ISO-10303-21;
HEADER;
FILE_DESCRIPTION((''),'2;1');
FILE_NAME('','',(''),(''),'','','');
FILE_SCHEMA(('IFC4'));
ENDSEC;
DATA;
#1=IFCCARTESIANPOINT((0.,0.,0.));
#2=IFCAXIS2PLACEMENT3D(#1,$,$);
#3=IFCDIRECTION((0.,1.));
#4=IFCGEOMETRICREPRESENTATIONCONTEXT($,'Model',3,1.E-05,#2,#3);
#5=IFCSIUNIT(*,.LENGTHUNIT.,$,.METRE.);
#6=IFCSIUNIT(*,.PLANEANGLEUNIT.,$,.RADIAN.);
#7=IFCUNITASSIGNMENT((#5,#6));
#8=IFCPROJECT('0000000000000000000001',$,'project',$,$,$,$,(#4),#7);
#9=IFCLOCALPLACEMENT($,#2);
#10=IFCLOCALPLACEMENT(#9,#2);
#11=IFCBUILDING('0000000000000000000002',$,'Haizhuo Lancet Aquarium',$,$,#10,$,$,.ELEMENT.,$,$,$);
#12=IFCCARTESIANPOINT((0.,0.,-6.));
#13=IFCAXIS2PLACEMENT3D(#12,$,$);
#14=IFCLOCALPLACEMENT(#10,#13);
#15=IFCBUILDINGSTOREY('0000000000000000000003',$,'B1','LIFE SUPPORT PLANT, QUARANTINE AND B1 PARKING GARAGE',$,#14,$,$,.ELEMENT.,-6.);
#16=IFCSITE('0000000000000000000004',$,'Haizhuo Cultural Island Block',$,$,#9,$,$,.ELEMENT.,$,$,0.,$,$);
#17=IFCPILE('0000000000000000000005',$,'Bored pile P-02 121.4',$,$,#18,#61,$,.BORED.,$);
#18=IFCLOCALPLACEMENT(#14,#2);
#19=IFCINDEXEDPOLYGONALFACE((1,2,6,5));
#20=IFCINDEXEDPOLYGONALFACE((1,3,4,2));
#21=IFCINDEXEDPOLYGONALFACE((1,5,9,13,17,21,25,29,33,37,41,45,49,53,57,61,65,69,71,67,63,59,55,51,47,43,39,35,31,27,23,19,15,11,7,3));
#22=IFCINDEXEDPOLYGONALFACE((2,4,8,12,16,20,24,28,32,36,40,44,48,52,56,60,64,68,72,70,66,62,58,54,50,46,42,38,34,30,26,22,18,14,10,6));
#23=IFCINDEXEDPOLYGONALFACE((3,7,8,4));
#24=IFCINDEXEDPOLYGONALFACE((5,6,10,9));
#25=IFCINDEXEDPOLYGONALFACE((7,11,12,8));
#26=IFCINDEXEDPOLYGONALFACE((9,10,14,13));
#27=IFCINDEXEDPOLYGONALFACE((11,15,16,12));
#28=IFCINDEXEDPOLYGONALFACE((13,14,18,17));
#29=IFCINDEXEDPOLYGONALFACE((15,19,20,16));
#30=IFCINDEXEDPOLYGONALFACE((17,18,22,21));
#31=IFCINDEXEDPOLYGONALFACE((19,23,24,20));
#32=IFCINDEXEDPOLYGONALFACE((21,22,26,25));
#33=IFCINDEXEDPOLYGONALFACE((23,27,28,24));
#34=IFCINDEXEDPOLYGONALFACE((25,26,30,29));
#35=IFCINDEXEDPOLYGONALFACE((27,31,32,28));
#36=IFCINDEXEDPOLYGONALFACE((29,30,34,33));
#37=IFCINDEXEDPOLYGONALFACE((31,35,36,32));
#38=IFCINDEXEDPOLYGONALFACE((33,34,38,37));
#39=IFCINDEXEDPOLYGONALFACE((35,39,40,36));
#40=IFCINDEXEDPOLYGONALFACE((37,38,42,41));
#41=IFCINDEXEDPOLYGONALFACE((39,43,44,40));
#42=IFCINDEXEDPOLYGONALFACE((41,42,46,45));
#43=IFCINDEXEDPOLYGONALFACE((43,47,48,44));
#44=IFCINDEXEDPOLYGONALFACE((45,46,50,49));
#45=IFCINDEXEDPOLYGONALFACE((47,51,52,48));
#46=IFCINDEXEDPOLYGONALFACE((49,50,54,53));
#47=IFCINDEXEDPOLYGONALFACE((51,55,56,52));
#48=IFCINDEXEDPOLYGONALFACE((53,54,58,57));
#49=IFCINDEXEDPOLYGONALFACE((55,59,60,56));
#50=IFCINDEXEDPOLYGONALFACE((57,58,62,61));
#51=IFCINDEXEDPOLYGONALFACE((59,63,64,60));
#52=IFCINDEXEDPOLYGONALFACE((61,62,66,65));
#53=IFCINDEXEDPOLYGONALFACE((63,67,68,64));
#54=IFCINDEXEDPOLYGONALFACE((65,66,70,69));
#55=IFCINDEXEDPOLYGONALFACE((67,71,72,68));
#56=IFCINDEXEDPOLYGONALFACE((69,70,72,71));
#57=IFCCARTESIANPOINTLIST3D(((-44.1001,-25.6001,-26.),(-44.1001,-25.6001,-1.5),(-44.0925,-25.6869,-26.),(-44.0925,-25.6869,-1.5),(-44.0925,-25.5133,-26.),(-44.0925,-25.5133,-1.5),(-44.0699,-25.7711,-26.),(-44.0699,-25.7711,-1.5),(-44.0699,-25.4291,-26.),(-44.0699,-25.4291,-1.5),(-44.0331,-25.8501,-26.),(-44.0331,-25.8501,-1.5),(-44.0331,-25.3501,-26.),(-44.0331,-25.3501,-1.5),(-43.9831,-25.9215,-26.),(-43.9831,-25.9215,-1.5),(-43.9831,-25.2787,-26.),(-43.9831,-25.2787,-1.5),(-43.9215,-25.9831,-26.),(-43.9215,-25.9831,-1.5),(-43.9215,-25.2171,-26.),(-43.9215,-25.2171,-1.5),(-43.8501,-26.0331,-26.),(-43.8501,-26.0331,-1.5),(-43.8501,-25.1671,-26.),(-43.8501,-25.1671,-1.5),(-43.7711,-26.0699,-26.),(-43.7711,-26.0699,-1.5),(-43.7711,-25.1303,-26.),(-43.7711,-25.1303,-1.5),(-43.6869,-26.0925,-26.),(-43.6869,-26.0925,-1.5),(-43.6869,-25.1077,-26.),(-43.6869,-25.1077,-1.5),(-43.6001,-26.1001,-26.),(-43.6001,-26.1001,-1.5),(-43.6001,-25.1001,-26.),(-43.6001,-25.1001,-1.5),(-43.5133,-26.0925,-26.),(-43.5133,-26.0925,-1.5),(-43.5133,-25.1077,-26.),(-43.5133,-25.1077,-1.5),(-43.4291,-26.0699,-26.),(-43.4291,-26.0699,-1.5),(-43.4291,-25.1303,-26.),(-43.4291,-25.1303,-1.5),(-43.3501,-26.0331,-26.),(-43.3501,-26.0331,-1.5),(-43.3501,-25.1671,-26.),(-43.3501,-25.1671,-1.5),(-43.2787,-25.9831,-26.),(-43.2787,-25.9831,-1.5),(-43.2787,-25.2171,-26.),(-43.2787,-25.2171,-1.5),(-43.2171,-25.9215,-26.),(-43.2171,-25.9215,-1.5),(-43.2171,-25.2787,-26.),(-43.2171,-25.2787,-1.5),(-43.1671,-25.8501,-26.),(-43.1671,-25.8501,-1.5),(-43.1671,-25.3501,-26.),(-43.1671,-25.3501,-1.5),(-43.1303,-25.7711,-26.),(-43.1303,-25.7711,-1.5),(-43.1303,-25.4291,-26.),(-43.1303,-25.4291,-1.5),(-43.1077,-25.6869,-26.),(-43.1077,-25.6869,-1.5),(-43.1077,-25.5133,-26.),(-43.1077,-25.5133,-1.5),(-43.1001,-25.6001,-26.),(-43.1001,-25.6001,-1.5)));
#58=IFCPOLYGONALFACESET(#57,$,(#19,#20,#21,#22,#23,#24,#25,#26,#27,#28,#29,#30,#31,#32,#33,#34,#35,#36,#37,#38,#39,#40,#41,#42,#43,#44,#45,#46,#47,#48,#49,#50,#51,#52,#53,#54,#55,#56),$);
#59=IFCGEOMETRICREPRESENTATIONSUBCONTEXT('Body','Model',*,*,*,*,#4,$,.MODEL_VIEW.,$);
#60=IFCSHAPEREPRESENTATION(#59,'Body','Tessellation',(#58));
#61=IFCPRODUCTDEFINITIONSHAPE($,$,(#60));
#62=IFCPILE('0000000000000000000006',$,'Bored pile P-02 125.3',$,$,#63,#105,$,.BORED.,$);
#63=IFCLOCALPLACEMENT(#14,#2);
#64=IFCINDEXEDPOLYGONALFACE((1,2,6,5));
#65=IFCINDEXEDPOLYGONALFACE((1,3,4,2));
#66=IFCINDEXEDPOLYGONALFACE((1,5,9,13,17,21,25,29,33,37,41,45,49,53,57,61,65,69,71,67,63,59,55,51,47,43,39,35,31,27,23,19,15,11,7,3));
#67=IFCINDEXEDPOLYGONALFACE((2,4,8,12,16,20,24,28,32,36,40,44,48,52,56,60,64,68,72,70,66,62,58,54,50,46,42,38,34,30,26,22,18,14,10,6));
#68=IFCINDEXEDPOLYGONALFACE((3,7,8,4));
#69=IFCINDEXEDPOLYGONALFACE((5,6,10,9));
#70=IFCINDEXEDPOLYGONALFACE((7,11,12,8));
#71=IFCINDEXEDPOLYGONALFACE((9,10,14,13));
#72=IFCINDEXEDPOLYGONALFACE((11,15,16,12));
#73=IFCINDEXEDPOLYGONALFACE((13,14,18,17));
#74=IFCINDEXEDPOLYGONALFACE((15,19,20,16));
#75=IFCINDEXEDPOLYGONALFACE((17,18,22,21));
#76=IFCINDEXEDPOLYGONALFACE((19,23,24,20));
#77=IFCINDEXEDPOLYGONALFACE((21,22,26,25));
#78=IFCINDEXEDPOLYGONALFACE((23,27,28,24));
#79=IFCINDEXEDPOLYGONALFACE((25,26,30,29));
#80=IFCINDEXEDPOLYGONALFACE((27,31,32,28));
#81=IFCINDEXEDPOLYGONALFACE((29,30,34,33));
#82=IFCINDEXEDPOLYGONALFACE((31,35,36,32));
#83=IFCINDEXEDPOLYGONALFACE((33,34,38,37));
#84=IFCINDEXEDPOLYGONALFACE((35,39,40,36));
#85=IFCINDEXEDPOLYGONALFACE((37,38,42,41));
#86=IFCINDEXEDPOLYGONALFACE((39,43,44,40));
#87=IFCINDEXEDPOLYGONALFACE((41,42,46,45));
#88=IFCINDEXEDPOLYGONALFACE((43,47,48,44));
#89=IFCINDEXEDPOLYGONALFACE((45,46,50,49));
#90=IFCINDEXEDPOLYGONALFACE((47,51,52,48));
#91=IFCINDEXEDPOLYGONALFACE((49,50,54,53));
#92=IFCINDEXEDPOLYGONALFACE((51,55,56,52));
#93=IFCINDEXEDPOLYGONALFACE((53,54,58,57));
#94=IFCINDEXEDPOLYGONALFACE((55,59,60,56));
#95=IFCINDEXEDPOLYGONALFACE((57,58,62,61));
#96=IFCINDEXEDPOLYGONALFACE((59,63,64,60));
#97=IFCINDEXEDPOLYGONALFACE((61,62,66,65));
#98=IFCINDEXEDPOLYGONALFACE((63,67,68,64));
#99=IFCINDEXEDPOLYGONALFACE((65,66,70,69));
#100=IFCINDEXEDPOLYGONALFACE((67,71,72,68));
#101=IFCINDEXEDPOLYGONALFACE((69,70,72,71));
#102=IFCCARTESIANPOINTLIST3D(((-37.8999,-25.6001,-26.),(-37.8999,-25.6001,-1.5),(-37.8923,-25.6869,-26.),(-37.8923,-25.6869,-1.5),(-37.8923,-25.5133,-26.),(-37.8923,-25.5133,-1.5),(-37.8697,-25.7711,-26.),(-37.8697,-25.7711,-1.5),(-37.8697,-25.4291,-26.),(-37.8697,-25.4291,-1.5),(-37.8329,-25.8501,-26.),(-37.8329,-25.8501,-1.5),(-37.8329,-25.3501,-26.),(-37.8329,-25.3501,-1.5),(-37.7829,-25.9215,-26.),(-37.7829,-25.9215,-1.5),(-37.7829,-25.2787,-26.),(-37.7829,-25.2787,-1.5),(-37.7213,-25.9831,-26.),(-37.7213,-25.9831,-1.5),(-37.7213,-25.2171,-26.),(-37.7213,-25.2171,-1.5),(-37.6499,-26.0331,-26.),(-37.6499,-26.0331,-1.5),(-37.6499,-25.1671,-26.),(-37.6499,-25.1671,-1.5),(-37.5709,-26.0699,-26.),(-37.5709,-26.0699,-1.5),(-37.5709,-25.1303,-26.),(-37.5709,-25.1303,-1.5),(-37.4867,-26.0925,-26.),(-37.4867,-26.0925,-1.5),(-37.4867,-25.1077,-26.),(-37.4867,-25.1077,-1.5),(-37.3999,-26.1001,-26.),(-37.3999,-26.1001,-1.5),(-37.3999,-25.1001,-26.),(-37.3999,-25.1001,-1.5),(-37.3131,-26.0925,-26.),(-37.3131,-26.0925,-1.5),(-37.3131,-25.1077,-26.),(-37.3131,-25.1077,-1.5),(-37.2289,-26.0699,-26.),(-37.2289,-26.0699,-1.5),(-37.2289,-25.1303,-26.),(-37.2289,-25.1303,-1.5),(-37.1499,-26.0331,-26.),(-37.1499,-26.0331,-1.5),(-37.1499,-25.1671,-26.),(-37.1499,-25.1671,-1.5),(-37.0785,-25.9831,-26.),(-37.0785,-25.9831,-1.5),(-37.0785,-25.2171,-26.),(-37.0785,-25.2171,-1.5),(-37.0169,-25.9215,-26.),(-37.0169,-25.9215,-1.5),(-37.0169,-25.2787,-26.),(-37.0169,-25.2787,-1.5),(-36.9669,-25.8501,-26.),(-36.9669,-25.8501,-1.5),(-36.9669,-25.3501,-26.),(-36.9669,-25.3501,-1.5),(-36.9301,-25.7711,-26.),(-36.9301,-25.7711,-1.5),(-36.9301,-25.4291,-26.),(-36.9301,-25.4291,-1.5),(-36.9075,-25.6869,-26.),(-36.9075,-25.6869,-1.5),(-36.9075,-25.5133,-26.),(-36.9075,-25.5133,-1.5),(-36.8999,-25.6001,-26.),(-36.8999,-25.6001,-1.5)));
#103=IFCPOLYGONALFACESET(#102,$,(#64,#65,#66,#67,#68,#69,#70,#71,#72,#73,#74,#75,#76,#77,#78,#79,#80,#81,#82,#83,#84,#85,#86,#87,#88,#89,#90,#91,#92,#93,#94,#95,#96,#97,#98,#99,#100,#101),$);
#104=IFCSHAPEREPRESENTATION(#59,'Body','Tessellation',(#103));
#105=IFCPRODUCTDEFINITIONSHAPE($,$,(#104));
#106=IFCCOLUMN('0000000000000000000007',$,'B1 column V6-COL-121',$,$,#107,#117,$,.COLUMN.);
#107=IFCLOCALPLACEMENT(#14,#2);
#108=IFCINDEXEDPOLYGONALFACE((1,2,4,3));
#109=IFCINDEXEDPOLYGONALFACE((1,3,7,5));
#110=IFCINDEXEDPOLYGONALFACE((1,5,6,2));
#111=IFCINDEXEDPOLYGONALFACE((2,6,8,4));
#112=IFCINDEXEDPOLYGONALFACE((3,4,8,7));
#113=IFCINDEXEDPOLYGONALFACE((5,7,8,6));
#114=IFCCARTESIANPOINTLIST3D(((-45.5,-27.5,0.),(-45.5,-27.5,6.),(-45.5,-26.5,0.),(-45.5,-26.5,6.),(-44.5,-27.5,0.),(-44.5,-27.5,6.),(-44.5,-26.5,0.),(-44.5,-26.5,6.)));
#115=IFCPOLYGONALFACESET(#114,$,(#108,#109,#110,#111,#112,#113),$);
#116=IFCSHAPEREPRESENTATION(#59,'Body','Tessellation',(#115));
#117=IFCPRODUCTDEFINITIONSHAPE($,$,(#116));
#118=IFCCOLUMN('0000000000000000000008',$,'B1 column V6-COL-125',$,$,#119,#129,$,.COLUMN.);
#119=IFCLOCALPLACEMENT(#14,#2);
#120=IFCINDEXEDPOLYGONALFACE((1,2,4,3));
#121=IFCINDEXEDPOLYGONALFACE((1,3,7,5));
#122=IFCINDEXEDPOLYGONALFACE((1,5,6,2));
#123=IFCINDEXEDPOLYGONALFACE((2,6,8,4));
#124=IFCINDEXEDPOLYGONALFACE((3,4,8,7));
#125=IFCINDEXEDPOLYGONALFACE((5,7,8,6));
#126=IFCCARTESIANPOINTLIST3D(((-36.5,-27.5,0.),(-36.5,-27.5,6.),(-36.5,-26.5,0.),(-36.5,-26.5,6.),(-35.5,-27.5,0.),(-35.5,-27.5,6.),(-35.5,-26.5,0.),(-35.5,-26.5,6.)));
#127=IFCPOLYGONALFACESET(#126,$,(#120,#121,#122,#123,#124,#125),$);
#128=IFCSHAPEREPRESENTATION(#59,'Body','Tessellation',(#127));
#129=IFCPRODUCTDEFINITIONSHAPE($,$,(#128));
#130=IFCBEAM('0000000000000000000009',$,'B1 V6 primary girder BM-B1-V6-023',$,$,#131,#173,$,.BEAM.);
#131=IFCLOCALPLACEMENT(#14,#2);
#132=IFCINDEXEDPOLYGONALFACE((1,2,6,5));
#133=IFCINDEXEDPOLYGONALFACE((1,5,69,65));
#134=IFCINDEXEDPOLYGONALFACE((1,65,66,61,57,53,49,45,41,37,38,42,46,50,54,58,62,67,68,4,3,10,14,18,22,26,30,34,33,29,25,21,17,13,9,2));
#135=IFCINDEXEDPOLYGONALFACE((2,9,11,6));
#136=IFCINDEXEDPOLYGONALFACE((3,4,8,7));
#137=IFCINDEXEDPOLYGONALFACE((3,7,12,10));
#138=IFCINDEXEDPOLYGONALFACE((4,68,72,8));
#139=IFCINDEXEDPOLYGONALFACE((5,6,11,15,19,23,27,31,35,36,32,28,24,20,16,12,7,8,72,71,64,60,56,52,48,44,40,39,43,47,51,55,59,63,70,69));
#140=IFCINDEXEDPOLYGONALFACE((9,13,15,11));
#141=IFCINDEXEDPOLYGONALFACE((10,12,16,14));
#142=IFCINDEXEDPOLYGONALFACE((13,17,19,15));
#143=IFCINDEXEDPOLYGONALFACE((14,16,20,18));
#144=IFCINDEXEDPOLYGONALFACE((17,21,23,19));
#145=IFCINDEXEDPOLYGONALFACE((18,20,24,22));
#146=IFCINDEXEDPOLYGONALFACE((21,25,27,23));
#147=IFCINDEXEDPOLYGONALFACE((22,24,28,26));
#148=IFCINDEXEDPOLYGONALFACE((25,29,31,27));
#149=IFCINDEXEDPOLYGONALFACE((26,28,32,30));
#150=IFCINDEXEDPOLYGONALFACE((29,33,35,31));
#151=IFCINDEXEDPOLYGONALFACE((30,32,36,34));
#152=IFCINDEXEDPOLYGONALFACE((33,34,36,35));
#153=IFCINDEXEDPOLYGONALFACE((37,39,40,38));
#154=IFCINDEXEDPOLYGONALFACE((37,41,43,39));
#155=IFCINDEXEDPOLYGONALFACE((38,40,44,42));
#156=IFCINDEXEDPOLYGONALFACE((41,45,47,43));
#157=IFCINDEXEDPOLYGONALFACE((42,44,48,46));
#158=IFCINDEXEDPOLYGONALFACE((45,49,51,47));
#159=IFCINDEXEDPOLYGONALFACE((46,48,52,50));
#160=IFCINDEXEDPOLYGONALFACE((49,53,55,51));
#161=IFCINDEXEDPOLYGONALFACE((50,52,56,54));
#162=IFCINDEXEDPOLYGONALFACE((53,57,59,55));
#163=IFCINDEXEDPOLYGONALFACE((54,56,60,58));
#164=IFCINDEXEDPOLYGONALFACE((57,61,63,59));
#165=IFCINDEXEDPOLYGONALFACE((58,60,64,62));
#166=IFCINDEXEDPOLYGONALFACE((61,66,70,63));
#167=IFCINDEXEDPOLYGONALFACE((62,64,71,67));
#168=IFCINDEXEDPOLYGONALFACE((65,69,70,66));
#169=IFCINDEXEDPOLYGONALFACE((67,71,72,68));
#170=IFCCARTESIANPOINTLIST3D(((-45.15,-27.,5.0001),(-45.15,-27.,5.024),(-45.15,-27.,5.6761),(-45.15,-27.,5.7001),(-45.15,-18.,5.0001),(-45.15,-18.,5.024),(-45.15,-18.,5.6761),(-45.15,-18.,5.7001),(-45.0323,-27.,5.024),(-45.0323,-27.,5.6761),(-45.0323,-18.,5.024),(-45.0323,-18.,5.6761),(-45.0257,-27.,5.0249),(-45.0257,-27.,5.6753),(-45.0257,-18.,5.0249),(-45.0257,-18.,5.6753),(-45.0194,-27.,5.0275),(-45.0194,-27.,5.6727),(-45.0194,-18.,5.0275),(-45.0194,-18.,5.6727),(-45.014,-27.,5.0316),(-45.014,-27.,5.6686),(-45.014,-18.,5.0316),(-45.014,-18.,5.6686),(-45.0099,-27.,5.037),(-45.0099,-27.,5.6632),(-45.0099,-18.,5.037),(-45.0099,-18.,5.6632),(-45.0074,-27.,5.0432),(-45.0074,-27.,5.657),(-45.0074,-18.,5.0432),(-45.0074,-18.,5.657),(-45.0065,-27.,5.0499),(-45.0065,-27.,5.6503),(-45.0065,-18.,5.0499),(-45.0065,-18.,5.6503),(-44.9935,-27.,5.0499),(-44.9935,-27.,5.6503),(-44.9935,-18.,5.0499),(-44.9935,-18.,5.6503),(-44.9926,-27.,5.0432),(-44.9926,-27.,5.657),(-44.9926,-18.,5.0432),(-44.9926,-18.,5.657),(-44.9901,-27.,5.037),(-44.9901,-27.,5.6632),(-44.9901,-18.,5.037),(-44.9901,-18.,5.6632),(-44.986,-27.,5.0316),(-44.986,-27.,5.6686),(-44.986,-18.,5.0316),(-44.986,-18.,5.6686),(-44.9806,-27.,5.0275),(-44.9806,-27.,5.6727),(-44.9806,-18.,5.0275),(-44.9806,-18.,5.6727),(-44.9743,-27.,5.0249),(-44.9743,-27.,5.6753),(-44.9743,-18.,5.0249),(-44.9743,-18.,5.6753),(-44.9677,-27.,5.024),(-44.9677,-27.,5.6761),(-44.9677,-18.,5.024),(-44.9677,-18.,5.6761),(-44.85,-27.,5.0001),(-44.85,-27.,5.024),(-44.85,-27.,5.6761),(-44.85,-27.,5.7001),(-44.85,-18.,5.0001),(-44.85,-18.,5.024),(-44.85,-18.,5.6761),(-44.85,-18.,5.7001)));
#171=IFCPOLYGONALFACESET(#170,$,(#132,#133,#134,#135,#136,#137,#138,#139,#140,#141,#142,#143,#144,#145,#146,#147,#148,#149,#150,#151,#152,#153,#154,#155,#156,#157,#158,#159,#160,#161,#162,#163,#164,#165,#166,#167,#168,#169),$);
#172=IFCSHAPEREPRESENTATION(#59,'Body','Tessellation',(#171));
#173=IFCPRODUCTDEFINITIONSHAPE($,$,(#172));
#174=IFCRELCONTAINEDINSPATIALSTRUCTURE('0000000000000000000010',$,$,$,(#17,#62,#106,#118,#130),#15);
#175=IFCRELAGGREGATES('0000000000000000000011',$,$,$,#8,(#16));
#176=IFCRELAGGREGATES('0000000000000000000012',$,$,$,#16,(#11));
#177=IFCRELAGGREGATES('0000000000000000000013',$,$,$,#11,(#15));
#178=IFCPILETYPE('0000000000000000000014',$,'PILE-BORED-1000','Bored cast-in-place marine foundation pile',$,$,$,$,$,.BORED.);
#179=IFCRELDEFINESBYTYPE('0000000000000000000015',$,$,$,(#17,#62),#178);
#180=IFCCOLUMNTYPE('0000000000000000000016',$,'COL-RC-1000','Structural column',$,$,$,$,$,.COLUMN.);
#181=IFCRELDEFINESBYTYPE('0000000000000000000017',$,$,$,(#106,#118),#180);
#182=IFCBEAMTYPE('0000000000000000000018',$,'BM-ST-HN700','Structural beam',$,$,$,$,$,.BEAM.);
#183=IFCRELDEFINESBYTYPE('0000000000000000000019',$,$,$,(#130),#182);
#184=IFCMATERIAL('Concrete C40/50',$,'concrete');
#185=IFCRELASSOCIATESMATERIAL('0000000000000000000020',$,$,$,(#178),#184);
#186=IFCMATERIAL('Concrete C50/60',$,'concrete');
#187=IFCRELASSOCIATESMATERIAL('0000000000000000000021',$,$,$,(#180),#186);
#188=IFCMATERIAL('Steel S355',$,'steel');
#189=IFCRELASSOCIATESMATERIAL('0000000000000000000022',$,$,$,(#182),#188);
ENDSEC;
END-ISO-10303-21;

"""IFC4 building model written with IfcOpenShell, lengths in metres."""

from ifc_helpers import new_model, si_unit, direction, frame, origin, origin_2d, place, context, subcontext, project, spatial, rectangle, circle, i_section, extrude, material, material_profile, profile_set, type_object, element, save


model = new_model("IFC4")

# Units and contexts
model_context = context("Model", 3, precision=1e-05, world=origin(), true_north=direction((0.0, 1.0)))
body_context = subcontext(model_context, "Body", "Model", "MODEL_VIEW")
ifc_project = project(units=[si_unit("LENGTHUNIT", "METRE"), si_unit("PLANEANGLEUNIT", "RADIAN")], contexts=[model_context])

# Site, building, storey
site_placement = place(None, origin())
site = spatial("IfcSite", under=ifc_project, at=site_placement, Name="Haizhuo Cultural Island Block", CompositionType="ELEMENT", RefElevation=0.0)
building_placement = place(site_placement, origin())
building = spatial("IfcBuilding", under=site, at=building_placement, Name="Haizhuo Lancet Aquarium", CompositionType="ELEMENT")
storey_placement = place(building_placement, frame((0.0, 0.0, -6.0)))
storey = spatial("IfcBuildingStorey", under=building, at=storey_placement, Name="B1", Description="LIFE SUPPORT PLANT, QUARANTINE AND B1 PARKING GARAGE", CompositionType="ELEMENT", Elevation=-6.0)

# Shared definitions
ifc_material_1 = material(Name="Concrete C40/50", Category="concrete")

# Piles
ifc_material_profile_1 = material_profile(ifc_material_1, circle(Radius=0.5, at=origin_2d()), Name="PILE-1000")
ifc_profile_set_1 = profile_set([ifc_material_profile_1], Name="Concrete C40/50")
pile_type = type_object("IfcPileType", Name="PILE-BORED-1000", Description="Bored cast-in-place marine foundation pile", PredefinedType="BORED", material=ifc_profile_set_1)
for number, where, z_axis, x_axis, name in (
    (1, (-43.6001, -25.6001, -1.5), (0.0, 0.0, -1.0), (1.0, 0.0, 0.0), "Bored pile P-02 121.4"),
    (2, (-37.3999, -25.6001, -1.5), (0.0, 0.0, -1.0), (1.0, 0.0, 0.0), "Bored pile P-02 125.3"),
):
    element("IfcPile", number, at=place(storey_placement, frame(where, z_axis=z_axis, x_axis=x_axis)), inside=storey, type_object=pile_type, Name=name, PredefinedType="BORED", context=body_context, shape_type="SweptSolid", body=[
        extrude(circle(Radius=0.5, at=origin_2d()), origin(), (0.0, 0.0, 1.0), 24.5),
    ])

# Columns
ifc_material_2 = material(Name="Concrete C50/60", Category="concrete")
ifc_material_profile_2 = material_profile(ifc_material_2, rectangle(XDim=1.0, YDim=1.0, at=origin_2d()), Name="RC-COL 1000x1000")
ifc_profile_set_2 = profile_set([ifc_material_profile_2], Name="Concrete C50/60")
column_type = type_object("IfcColumnType", Name="COL-RC-1000", Description="Structural column", PredefinedType="COLUMN", material=ifc_profile_set_2)
for number, where, z_axis, x_axis, name in (
    (3, (-45.0, -27.0, 0.0), (0.0, 0.0, 1.0), (1.0, 0.0, 0.0), "B1 column V6-COL-121"),
    (4, (-36.0, -27.0, 0.0), (0.0, 0.0, 1.0), (1.0, 0.0, 0.0), "B1 column V6-COL-125"),
):
    element("IfcColumn", number, at=place(storey_placement, frame(where, z_axis=z_axis, x_axis=x_axis)), inside=storey, type_object=column_type, Name=name, PredefinedType="COLUMN", context=body_context, shape_type="SweptSolid", body=[
        extrude(rectangle(XDim=1.0, YDim=1.0, at=origin_2d()), origin(), (0.0, 0.0, 1.0), 6.0),
    ])

# Beam
ifc_material_3 = material(Name="Steel S355", Category="steel")
ifc_material_profile_3 = material_profile(ifc_material_3, i_section(OverallWidth=0.3, OverallDepth=0.7, WebThickness=0.0129, FlangeThickness=0.0239, FilletRadius=0.0259, at=origin_2d()), Name="HN 700x300x13x24")
ifc_profile_set_3 = profile_set([ifc_material_profile_3], Name="Steel S355")
beam_type_1 = type_object("IfcBeamType", Name="BM-ST-HN700", Description="Structural beam", PredefinedType="BEAM", material=ifc_profile_set_3)
for number, where, z_axis, x_axis, name in (
    (5, (-45.0, -27.0, 5.3501), (0.0, 1.0, 0.0), (-1.0, 0.0, 0.0), "B1 V6 primary girder BM-B1-V6-023"),
):
    element("IfcBeam", number, at=place(storey_placement, frame(where, z_axis=z_axis, x_axis=x_axis)), inside=storey, type_object=beam_type_1, Name=name, PredefinedType="BEAM", context=body_context, shape_type="SweptSolid", body=[
        extrude(i_section(OverallWidth=0.3, OverallDepth=0.7, WebThickness=0.0129, FlangeThickness=0.0239, FilletRadius=0.0259, at=origin_2d()), origin(), (0.0, 0.0, 1.0), 9.0),
    ])

save(model, "model.ifc")
